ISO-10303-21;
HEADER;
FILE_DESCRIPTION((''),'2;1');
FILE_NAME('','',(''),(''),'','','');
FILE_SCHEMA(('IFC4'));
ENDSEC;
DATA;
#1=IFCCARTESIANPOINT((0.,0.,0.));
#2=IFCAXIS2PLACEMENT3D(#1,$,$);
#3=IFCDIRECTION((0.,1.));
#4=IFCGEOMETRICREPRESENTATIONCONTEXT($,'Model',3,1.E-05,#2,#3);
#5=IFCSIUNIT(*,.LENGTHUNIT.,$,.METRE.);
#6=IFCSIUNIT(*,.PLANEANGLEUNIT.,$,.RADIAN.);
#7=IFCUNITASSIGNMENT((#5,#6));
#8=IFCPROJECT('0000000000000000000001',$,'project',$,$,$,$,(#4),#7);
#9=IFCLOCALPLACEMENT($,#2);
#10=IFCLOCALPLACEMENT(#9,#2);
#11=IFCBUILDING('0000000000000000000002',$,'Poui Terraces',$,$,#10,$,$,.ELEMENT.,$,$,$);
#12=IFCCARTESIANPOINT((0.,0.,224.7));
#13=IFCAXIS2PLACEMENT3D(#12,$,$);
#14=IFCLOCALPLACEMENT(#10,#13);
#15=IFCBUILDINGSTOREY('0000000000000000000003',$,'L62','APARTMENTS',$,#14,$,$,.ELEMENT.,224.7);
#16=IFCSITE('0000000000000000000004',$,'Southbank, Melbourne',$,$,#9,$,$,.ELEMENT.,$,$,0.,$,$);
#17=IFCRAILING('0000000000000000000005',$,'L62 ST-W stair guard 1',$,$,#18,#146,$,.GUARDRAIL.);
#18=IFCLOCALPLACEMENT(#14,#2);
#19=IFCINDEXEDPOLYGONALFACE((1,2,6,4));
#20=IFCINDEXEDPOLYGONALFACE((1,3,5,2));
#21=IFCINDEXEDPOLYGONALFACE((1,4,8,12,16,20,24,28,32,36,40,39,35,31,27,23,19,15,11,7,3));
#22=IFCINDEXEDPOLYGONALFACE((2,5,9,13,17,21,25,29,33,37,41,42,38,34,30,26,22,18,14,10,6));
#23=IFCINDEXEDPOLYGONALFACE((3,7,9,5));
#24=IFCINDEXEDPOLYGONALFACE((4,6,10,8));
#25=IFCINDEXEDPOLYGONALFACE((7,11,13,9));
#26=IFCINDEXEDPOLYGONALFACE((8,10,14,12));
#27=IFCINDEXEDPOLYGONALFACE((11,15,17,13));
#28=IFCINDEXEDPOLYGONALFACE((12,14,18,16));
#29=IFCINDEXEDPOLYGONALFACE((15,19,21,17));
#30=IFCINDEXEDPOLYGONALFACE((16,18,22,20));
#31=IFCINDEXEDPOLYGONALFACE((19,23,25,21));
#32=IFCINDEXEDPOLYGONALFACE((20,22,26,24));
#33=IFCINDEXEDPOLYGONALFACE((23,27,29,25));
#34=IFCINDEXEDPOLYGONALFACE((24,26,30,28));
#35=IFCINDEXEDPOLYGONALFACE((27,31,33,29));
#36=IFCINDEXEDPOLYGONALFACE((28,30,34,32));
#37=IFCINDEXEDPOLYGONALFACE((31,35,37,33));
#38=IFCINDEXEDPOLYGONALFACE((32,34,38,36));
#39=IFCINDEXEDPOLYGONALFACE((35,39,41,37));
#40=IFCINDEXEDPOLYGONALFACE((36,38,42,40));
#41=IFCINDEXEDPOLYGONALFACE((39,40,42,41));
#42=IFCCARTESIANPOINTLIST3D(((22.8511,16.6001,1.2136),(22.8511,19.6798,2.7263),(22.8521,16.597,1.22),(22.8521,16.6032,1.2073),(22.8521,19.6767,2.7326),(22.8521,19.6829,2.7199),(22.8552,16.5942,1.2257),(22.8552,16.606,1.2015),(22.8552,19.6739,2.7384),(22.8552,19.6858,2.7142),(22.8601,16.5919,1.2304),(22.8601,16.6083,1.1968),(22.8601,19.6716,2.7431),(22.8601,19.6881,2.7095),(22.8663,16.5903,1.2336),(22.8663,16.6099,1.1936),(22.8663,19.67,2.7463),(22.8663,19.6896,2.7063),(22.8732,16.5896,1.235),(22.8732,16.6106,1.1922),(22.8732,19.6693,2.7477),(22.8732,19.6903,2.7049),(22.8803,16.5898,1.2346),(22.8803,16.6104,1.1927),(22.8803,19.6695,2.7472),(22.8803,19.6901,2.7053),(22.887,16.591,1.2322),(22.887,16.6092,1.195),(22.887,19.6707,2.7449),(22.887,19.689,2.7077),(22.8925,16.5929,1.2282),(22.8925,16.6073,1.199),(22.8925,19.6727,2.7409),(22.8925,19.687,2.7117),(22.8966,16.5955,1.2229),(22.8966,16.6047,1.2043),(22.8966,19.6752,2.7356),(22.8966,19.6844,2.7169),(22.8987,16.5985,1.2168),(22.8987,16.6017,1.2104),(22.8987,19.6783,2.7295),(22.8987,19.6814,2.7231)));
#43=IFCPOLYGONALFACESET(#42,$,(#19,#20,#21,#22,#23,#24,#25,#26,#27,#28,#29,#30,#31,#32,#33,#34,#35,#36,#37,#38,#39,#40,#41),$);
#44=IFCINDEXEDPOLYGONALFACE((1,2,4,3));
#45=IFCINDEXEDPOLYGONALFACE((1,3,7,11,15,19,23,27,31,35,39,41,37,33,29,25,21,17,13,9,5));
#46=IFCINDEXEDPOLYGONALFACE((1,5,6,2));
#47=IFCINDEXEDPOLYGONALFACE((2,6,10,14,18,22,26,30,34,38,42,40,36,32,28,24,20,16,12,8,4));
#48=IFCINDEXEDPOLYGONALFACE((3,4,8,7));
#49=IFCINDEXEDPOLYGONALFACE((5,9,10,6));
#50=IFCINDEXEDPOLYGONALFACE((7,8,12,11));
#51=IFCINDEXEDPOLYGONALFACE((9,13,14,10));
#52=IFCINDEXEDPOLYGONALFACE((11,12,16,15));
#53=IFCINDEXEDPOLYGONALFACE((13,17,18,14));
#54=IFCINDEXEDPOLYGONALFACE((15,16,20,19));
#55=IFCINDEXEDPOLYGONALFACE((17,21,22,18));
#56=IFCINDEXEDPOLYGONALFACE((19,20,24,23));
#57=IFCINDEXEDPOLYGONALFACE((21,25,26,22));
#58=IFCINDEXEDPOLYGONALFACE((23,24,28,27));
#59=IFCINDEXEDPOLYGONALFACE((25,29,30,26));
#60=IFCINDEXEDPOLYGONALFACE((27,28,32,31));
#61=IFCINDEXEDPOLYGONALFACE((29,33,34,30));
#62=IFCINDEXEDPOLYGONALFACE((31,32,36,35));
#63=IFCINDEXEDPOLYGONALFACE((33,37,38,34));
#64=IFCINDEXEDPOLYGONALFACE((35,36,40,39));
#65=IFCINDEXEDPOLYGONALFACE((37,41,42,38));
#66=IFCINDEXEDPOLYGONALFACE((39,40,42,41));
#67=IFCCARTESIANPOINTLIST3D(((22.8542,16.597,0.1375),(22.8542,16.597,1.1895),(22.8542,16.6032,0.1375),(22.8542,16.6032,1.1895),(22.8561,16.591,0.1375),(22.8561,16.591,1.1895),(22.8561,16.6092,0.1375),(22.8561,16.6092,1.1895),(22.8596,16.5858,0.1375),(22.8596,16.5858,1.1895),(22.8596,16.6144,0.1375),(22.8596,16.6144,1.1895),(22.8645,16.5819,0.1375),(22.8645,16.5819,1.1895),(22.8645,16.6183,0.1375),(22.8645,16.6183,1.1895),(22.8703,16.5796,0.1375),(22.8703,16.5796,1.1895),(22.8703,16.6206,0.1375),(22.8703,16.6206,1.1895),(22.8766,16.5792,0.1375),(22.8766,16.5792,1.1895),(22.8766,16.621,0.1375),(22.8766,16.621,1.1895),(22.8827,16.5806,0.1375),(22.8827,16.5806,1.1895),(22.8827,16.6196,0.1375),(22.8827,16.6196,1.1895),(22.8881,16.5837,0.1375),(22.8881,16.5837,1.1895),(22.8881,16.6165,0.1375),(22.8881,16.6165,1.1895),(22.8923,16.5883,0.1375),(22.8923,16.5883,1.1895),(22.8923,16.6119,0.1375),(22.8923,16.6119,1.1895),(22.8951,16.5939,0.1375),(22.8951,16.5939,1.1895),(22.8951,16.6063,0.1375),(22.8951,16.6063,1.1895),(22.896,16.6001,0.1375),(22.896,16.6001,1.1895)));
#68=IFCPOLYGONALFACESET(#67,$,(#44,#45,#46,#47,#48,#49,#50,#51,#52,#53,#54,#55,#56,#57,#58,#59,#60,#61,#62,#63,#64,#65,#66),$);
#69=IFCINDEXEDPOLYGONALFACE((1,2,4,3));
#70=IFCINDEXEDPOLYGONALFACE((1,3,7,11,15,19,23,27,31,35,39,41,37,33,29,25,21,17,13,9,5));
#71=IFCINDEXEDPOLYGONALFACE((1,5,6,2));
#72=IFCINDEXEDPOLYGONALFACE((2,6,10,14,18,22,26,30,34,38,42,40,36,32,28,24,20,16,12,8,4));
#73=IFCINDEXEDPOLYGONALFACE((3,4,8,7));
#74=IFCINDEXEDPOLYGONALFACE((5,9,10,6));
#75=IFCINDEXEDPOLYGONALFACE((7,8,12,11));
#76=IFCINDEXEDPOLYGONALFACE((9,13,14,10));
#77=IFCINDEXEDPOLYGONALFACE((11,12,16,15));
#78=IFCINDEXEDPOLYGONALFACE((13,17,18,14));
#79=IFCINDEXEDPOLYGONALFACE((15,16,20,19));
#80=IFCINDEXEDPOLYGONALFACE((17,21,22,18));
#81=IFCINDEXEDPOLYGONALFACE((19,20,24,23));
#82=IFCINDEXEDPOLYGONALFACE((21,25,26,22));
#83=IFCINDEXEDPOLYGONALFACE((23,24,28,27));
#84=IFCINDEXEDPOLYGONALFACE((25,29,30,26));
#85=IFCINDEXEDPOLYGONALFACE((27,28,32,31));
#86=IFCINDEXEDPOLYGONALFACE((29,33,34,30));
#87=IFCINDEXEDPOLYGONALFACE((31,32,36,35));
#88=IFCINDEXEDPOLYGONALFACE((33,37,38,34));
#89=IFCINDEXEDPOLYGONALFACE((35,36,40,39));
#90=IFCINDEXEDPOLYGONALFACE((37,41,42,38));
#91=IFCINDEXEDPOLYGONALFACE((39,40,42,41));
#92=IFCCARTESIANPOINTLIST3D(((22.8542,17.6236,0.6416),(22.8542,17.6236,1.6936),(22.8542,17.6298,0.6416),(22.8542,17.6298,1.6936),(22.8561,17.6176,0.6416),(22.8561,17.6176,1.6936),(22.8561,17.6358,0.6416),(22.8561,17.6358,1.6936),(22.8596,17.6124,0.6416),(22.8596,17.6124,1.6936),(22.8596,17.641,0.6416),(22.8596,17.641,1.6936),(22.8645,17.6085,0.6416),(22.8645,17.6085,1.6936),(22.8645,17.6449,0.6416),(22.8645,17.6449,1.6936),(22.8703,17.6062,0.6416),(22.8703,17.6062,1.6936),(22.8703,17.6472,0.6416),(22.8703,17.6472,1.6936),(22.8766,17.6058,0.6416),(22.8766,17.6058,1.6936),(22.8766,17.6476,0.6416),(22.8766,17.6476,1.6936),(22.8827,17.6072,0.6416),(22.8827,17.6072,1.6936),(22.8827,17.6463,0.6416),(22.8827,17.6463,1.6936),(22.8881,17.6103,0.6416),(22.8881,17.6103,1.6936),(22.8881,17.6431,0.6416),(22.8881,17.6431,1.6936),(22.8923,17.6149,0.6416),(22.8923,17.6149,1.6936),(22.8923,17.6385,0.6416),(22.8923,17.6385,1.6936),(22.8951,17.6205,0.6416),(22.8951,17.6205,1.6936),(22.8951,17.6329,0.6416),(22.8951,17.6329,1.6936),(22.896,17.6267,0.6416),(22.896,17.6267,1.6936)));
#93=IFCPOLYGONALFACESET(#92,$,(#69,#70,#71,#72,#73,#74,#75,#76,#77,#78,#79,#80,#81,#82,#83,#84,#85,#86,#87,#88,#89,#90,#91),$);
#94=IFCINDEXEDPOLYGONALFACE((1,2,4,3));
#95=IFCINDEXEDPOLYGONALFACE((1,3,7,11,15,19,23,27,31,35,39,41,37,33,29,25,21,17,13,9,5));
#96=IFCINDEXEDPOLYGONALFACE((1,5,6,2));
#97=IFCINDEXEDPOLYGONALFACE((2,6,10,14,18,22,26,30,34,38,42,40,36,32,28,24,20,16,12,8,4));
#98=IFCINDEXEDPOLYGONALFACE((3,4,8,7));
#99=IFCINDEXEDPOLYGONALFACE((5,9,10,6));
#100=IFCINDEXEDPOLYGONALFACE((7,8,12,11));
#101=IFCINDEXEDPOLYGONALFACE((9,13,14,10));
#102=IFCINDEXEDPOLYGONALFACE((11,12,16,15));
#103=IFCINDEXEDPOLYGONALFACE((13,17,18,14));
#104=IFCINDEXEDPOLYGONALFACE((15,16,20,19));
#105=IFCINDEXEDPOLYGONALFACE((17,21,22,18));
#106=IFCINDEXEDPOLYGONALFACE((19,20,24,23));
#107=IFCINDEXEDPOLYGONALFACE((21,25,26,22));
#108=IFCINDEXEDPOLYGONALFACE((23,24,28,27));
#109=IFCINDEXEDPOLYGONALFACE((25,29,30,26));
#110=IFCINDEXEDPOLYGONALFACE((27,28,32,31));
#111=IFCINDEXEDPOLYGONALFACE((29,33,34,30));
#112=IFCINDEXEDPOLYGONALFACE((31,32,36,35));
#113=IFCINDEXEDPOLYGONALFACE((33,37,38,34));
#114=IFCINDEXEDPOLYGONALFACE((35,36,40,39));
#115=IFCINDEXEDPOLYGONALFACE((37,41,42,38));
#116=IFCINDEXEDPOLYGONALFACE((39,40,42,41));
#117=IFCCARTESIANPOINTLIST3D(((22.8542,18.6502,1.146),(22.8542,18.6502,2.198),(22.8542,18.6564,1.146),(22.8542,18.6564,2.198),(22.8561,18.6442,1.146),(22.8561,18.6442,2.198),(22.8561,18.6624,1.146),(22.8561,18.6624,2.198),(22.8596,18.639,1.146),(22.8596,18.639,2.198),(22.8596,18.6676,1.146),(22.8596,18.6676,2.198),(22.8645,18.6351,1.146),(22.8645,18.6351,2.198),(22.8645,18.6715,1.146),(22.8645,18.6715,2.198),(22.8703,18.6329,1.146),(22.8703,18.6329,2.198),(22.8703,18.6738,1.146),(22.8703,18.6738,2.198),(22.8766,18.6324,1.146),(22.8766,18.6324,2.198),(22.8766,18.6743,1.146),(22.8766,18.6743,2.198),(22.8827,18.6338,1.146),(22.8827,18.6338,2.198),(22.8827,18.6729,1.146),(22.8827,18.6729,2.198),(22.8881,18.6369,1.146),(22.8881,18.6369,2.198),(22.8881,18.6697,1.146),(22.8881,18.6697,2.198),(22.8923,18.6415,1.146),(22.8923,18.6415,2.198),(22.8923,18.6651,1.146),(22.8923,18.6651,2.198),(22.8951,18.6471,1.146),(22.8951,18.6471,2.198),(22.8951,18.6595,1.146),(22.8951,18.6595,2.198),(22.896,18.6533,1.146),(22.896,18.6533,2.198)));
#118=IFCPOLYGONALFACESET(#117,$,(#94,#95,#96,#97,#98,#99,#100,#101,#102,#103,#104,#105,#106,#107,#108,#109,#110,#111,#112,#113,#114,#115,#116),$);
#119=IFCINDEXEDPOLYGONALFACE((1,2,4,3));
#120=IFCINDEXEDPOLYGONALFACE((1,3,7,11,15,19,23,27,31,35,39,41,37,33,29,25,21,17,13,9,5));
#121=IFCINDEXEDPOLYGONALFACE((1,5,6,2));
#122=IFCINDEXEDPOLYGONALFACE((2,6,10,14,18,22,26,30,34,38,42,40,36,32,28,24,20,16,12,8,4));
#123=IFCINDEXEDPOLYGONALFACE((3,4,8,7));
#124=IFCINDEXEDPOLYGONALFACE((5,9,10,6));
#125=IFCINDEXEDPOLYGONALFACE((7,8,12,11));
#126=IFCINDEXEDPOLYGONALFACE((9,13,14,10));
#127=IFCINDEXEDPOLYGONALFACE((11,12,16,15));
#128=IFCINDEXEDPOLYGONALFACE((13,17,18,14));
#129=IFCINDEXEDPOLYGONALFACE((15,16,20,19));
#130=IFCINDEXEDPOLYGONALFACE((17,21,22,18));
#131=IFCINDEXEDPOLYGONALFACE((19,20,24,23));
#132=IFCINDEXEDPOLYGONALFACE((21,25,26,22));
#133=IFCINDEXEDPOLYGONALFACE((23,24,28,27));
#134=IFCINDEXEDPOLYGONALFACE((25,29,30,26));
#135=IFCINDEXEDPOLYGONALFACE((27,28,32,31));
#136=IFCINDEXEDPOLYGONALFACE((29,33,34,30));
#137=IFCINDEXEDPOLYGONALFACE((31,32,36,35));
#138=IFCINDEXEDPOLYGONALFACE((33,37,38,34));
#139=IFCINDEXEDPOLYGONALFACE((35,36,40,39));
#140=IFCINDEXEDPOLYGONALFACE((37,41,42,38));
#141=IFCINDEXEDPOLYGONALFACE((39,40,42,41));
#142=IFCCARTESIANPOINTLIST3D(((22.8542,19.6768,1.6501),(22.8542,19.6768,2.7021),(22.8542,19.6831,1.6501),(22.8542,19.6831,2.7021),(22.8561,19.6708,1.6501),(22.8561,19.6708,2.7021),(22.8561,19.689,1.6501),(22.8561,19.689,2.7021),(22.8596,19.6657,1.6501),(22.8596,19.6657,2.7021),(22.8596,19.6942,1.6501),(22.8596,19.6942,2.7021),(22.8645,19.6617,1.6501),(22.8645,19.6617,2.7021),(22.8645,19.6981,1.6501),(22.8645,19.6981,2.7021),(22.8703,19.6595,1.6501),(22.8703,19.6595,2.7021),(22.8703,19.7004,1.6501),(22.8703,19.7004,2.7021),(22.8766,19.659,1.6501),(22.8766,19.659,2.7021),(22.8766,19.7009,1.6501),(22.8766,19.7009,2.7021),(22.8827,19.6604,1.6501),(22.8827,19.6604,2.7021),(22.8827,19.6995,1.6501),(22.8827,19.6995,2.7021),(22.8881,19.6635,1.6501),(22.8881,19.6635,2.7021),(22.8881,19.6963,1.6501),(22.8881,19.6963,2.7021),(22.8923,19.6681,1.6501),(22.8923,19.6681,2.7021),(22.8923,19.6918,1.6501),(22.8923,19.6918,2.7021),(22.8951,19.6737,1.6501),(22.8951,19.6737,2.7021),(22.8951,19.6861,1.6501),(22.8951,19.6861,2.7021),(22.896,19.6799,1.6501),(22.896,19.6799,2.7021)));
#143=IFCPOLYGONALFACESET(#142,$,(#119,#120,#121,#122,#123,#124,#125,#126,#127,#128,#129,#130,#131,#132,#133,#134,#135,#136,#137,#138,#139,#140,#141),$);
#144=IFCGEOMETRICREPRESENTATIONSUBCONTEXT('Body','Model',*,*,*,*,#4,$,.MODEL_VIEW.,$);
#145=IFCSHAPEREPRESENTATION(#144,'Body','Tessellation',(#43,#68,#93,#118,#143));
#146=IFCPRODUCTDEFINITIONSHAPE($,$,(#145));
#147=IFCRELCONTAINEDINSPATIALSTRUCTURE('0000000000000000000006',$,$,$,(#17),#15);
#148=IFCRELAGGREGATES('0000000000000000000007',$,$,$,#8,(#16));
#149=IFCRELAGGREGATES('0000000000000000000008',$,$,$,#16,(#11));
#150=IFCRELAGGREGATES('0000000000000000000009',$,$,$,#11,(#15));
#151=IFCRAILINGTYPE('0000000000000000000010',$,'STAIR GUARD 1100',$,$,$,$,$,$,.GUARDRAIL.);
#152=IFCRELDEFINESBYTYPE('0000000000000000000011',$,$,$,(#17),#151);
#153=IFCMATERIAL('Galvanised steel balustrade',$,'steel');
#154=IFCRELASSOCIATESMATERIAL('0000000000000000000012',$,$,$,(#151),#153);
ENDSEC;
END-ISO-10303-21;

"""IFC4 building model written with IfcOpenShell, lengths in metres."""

from ifc_helpers import new_model, si_unit, direction, frame, origin, origin_2d, place, context, subcontext, project, spatial, circle, extrude, material, type_object, element, save


model = new_model("IFC4")

# Units and contexts
model_context = context("Model", 3, precision=1e-05, world=origin(), true_north=direction((0.0, 1.0)))
body_context = subcontext(model_context, "Body", "Model", "MODEL_VIEW")
ifc_project = project(units=[si_unit("LENGTHUNIT", "METRE"), si_unit("PLANEANGLEUNIT", "RADIAN")], contexts=[model_context])

# Site, building, storey
site_placement = place(None, origin())
site = spatial("IfcSite", under=ifc_project, at=site_placement, Name="Southbank, Melbourne", CompositionType="ELEMENT", RefElevation=0.0)
building_placement = place(site_placement, origin())
building = spatial("IfcBuilding", under=site, at=building_placement, Name="Poui Terraces", CompositionType="ELEMENT")
storey_placement = place(building_placement, frame((0.0, 0.0, 224.7)))
storey = spatial("IfcBuildingStorey", under=building, at=storey_placement, Name="L62", Description="APARTMENTS", CompositionType="ELEMENT", Elevation=224.7)

# Railing
ifc_material_1 = material(Name="Galvanised steel balustrade", Category="steel")
railing_type_1 = type_object("IfcRailingType", Name="STAIR GUARD 1100", PredefinedType="GUARDRAIL", material=ifc_material_1)
railing_1_placement = place(storey_placement, frame((22.875, 16.6001, 0.1375)))
element("IfcRailing", 1, at=railing_1_placement, inside=storey, type_object=railing_type_1, Name="L62 ST-W stair guard 1", PredefinedType="GUARDRAIL", context=body_context, shape_type="SweptSolid", body=[
    extrude(circle(Radius=0.0239, at=origin_2d()), frame((0.0, 0.0, 1.0762), z_axis=(0.0, 0.897578, 0.440856), x_axis=(-1.0, 0.0, 0.0)), (0.0, 0.0, 1.0), 3.4312),
    extrude(circle(Radius=0.021, at=origin_2d()), origin(), (0.0, 0.0, 1.0), 1.052),
    extrude(circle(Radius=0.021, at=origin_2d()), frame((0.0, 1.0266, 0.5042)), (0.0, 0.0, 1.0), 1.052),
    extrude(circle(Radius=0.021, at=origin_2d()), frame((0.0, 2.0532, 1.0085)), (0.0, 0.0, 1.0), 1.052),
    extrude(circle(Radius=0.021, at=origin_2d()), frame((0.0, 3.0798, 1.5127)), (0.0, 0.0, 1.0), 1.052),
])

save(model, "model.ifc")
